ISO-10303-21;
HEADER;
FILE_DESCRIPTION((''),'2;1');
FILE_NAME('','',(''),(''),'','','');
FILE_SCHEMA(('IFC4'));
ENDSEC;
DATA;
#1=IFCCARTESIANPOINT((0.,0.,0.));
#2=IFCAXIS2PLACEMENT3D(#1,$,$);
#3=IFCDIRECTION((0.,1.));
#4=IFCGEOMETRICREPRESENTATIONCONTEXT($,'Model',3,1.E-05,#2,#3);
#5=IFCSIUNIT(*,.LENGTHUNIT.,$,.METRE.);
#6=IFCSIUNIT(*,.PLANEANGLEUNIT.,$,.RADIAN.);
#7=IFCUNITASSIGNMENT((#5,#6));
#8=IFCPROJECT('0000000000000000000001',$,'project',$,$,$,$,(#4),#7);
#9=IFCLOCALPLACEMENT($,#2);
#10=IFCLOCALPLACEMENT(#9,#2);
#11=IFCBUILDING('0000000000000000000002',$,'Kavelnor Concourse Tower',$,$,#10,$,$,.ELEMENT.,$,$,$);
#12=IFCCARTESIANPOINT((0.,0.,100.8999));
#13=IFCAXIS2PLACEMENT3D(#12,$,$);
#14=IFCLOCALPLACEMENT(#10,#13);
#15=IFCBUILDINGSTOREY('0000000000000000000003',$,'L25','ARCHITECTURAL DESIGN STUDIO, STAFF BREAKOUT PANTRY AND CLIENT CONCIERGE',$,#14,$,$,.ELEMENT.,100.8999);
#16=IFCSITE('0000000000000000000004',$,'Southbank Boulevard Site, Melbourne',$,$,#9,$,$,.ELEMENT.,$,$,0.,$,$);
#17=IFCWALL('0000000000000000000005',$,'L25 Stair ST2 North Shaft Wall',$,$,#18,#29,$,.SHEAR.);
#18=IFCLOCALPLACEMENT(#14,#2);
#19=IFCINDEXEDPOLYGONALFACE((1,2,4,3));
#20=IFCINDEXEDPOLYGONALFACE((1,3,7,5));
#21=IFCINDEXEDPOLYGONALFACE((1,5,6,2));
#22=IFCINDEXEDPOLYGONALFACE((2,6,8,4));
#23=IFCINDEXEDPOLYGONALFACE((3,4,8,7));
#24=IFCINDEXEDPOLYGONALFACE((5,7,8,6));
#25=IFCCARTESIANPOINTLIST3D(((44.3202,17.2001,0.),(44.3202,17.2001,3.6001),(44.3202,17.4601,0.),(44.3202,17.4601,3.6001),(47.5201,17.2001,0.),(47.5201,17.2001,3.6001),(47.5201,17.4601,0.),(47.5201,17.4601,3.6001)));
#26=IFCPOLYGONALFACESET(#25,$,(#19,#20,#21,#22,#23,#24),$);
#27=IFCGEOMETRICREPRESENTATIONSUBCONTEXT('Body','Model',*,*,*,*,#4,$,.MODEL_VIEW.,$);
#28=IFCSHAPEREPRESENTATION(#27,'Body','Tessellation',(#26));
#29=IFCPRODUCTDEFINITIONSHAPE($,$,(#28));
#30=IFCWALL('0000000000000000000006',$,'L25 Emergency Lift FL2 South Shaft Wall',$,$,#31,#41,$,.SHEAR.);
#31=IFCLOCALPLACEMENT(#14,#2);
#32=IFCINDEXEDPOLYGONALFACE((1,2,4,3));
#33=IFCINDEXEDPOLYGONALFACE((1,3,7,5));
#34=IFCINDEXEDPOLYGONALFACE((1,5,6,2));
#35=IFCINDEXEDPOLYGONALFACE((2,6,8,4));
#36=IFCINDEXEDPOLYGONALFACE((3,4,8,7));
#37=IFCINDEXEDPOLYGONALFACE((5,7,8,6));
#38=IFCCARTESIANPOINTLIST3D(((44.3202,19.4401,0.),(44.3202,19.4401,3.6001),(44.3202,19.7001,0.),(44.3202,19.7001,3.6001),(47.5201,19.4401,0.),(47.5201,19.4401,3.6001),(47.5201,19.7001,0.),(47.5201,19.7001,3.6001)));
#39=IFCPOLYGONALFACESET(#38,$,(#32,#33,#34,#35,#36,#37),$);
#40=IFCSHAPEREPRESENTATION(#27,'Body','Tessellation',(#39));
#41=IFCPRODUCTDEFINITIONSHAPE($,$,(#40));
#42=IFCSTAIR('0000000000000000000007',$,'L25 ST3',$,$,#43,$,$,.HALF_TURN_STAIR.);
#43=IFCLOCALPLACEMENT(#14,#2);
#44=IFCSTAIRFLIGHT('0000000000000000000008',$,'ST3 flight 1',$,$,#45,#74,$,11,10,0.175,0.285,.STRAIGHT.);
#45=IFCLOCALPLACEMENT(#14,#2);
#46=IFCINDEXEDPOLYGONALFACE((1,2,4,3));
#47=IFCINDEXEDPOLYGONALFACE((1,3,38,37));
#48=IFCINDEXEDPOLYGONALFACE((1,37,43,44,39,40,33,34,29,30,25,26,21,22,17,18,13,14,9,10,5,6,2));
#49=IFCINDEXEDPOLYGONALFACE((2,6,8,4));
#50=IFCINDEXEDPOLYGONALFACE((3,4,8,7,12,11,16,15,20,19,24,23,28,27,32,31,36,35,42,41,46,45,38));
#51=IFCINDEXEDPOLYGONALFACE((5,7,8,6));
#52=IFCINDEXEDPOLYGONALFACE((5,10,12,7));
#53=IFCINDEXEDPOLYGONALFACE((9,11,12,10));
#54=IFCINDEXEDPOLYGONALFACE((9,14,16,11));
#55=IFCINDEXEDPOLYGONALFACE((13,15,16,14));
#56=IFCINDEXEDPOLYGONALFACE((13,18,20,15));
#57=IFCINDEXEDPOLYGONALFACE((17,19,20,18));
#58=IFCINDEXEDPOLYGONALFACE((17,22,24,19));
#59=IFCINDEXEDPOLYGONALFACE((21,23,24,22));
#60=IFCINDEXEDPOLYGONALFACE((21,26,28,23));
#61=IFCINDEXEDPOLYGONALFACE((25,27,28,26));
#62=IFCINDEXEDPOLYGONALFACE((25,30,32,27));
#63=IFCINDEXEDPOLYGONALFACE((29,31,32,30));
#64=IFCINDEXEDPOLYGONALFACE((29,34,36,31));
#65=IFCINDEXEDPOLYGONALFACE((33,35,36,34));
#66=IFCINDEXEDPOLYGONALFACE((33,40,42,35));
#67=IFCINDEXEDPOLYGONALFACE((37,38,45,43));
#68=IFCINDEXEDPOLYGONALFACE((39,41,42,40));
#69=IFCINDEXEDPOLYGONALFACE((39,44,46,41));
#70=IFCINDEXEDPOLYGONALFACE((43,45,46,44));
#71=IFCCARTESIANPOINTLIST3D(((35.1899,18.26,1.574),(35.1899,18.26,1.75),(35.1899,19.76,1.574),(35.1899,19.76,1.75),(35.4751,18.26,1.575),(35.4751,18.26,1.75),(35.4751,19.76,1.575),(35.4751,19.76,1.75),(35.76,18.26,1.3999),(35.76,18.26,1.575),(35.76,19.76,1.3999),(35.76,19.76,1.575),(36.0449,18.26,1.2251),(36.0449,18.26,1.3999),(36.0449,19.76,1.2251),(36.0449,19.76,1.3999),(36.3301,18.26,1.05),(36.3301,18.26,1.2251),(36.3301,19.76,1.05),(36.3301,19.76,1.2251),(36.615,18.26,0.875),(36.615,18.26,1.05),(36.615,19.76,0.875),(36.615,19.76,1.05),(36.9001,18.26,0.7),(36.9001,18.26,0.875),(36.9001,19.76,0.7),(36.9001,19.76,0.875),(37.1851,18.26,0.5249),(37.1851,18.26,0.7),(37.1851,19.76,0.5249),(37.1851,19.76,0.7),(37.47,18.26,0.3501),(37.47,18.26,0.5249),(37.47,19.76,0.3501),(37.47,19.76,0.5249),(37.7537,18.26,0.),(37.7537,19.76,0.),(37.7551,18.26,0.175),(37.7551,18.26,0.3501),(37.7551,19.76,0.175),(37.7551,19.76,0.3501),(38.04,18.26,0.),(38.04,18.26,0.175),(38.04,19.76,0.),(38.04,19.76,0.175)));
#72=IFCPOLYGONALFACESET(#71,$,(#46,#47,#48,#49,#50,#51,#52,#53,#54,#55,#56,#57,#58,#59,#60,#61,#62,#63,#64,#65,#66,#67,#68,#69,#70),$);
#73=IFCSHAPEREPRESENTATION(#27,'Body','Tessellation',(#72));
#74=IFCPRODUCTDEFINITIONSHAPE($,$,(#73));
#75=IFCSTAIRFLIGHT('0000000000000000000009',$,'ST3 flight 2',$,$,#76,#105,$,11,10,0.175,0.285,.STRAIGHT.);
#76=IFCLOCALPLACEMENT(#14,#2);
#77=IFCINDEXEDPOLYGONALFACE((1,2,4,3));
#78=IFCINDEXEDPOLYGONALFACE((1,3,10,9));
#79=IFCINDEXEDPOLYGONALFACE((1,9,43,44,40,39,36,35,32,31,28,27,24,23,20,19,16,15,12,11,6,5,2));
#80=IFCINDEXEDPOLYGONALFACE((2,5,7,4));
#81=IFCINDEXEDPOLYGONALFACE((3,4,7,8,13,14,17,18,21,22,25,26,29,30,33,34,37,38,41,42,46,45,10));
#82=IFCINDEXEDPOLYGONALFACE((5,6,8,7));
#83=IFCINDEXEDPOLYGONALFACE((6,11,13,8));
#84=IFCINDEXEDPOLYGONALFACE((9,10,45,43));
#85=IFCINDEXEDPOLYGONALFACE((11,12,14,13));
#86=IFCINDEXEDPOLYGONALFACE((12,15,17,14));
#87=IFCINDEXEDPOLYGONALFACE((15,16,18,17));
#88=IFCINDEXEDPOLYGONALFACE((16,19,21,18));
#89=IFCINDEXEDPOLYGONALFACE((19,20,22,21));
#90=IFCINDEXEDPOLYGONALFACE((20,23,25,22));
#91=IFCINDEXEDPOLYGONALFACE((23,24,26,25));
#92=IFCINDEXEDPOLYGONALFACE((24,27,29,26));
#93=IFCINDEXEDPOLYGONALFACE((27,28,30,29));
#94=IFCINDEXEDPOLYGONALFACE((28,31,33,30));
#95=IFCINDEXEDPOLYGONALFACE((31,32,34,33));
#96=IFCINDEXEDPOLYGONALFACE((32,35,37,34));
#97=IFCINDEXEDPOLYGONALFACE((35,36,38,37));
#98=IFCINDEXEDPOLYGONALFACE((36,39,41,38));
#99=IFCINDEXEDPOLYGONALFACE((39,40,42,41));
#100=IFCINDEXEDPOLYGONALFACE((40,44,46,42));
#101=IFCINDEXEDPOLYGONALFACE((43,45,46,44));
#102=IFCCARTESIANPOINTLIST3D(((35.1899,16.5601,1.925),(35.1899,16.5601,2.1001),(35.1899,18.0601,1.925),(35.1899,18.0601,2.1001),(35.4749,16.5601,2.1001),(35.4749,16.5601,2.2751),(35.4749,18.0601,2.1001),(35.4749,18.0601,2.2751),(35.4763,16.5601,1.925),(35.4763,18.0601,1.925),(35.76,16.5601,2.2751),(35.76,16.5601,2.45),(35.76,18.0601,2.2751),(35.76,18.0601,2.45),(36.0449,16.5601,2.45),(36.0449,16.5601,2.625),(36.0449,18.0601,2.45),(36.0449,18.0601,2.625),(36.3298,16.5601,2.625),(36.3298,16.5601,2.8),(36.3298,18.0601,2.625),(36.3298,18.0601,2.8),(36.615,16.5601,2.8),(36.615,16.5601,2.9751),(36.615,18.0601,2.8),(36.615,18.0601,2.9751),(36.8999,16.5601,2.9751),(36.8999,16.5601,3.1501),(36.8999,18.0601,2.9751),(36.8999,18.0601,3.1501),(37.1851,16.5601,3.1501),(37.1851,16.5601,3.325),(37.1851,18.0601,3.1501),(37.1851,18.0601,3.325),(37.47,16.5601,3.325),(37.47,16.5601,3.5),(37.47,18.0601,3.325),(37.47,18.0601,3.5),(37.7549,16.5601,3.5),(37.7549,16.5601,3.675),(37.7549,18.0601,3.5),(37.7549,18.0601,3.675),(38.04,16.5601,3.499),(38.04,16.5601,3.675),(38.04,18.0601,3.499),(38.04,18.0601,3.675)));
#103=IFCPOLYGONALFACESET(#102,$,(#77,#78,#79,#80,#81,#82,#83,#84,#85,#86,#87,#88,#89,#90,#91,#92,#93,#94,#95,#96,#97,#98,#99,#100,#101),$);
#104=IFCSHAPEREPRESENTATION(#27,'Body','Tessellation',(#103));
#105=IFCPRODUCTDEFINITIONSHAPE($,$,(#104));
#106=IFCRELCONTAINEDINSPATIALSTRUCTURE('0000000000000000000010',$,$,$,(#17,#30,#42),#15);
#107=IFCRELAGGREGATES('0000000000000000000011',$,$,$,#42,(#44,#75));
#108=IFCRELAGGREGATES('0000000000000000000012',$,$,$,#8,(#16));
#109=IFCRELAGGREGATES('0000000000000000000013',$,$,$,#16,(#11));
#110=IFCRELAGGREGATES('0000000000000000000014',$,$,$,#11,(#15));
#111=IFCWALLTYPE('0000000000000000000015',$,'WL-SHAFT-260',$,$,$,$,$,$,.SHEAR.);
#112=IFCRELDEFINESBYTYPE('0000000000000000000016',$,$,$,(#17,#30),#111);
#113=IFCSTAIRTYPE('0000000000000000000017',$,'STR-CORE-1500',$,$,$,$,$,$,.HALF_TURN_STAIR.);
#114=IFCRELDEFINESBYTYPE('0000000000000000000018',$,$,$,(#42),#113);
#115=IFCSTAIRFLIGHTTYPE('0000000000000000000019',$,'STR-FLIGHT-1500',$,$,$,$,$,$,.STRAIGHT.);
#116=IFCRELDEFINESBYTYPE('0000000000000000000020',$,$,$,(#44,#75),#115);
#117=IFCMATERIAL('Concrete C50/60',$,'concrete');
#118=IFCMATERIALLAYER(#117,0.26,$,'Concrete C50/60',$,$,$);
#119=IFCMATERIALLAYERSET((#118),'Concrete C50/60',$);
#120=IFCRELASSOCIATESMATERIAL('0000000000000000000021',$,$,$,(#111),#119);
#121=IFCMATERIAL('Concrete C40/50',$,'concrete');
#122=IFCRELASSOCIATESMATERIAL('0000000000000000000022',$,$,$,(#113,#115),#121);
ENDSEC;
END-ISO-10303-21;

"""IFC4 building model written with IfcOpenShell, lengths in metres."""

from ifc_helpers import new_model, si_unit, direction, frame, frame_2d, origin, place, context, subcontext, project, spatial, polyline, rectangle, outline, extrude, material, layer, layer_set, type_object, element, aggregate, save


model = new_model("IFC4")

# Units and contexts
model_context = context("Model", 3, precision=1e-05, world=origin(), true_north=direction((0.0, 1.0)))
body_context = subcontext(model_context, "Body", "Model", "MODEL_VIEW")
ifc_project = project(units=[si_unit("LENGTHUNIT", "METRE"), si_unit("PLANEANGLEUNIT", "RADIAN")], contexts=[model_context])

# Site, building, storey
site_placement = place(None, origin())
site = spatial("IfcSite", under=ifc_project, at=site_placement, Name="Southbank Boulevard Site, Melbourne", CompositionType="ELEMENT", RefElevation=0.0)
building_placement = place(site_placement, origin())
building = spatial("IfcBuilding", under=site, at=building_placement, Name="Kavelnor Concourse Tower", CompositionType="ELEMENT")
storey_placement = place(building_placement, frame((0.0, 0.0, 100.8999)))
storey = spatial("IfcBuildingStorey", under=building, at=storey_placement, Name="L25", Description="ARCHITECTURAL DESIGN STUDIO, STAFF BREAKOUT PANTRY AND CLIENT CONCIERGE", CompositionType="ELEMENT", Elevation=100.8999)

# Walls
ifc_material_1 = material(Name="Concrete C50/60", Category="concrete")
ifc_layer_1 = layer(ifc_material_1, 0.26, Name="Concrete C50/60")
ifc_layer_set_1 = layer_set([ifc_layer_1], Name="Concrete C50/60")
wall_type_1 = type_object("IfcWallType", Name="WL-SHAFT-260", PredefinedType="SHEAR", material=ifc_layer_set_1)
for number, where, z_axis, x_axis, name in (
    (1, (44.3201, 17.3301, 0.0), (0.0, 0.0, 1.0), (1.0, 0.0, 0.0), "L25 Stair ST2 North Shaft Wall"),
    (2, (44.3201, 19.5701, 0.0), (0.0, 0.0, 1.0), (1.0, 0.0, 0.0), "L25 Emergency Lift FL2 South Shaft Wall"),
):
    element("IfcWall", number, at=place(storey_placement, frame(where, z_axis=z_axis, x_axis=x_axis)), inside=storey, type_object=wall_type_1, Name=name, PredefinedType="SHEAR", context=body_context, shape_type="SweptSolid", body=[
        extrude(rectangle(XDim=3.2, YDim=0.26, at=frame_2d((1.6001, 0.0))), origin(), (0.0, 0.0, 1.0), 3.6001),
    ])

# Stair, stair flights
ifc_material_2 = material(Name="Concrete C40/50", Category="concrete")
stair_type = type_object("IfcStairType", Name="STR-CORE-1500", PredefinedType="HALF_TURN_STAIR", material=ifc_material_2)
stair_placement = place(storey_placement, origin())
stair = element("IfcStair", 3, at=stair_placement, inside=storey, type_object=stair_type, Name="L25 ST3", PredefinedType="HALF_TURN_STAIR")
stair_flight_type = type_object("IfcStairFlightType", Name="STR-FLIGHT-1500", PredefinedType="STRAIGHT", material=ifc_material_2)
stair_flight_1_placement = place(storey_placement, frame((38.04, 19.01, 0.0), z_axis=(0.0, 0.0, 1.0), x_axis=(-1.0, 0.0, 0.0)))
stair_flight_1 = element("IfcStairFlight", 4, at=stair_flight_1_placement, type_object=stair_flight_type, Name="ST3 flight 1", NumberOfRisers=11, NumberOfTreads=10, PredefinedType="STRAIGHT", RiserHeight=0.175, TreadLength=0.285, context=body_context, shape_type="SweptSolid", body=[
    extrude(outline(polyline([(0.0, 0.0), (0.0, 0.175), (0.2849, 0.175), (0.2849, 0.3501), (0.5701, 0.3501), (0.5701, 0.5249), (0.855, 0.5249), (0.855, 0.7), (1.1399, 0.7), (1.1399, 0.875), (1.425, 0.875), (1.425, 1.05), (1.71, 1.05), (1.71, 1.2251), (1.9951, 1.2251), (1.9951, 1.3999), (2.28, 1.3999), (2.28, 1.575), (2.5649, 1.575), (2.5649, 1.75), (2.8501, 1.75), (2.8501, 1.925), (2.8501, 1.574), (0.2864, 0.0), (0.0, 0.0)])), frame((0.0, 0.75, 0.0), z_axis=(0.0, -1.0, 0.0), x_axis=(1.0, 0.0, 0.0)), (0.0, 0.0, 1.0), 1.5),
])
stair_flight_2_placement = place(storey_placement, frame((35.1899, 17.3101, 1.925), z_axis=(0.0, 0.0, 1.0), x_axis=(1.0, 0.0, 0.0)))
stair_flight_2 = element("IfcStairFlight", 5, at=stair_flight_2_placement, type_object=stair_flight_type, Name="ST3 flight 2", NumberOfRisers=11, NumberOfTreads=10, PredefinedType="STRAIGHT", RiserHeight=0.175, TreadLength=0.285, context=body_context, shape_type="SweptSolid", body=[
    extrude(outline(polyline([(0.0, 0.0), (0.0, 0.175), (0.2849, 0.175), (0.2849, 0.3501), (0.5701, 0.3501), (0.5701, 0.5249), (0.855, 0.5249), (0.855, 0.7), (1.1399, 0.7), (1.1399, 0.875), (1.425, 0.875), (1.425, 1.05), (1.71, 1.05), (1.71, 1.2251), (1.9951, 1.2251), (1.9951, 1.3999), (2.28, 1.3999), (2.28, 1.575), (2.5649, 1.575), (2.5649, 1.75), (2.8501, 1.75), (2.8501, 1.925), (2.8501, 1.574), (0.2864, 0.0), (0.0, 0.0)])), frame((0.0, 0.75, 0.0), z_axis=(0.0, -1.0, 0.0), x_axis=(1.0, 0.0, 0.0)), (0.0, 0.0, 1.0), 1.5),
])
aggregate(stair, [stair_flight_1, stair_flight_2])

save(model, "model.ifc")
